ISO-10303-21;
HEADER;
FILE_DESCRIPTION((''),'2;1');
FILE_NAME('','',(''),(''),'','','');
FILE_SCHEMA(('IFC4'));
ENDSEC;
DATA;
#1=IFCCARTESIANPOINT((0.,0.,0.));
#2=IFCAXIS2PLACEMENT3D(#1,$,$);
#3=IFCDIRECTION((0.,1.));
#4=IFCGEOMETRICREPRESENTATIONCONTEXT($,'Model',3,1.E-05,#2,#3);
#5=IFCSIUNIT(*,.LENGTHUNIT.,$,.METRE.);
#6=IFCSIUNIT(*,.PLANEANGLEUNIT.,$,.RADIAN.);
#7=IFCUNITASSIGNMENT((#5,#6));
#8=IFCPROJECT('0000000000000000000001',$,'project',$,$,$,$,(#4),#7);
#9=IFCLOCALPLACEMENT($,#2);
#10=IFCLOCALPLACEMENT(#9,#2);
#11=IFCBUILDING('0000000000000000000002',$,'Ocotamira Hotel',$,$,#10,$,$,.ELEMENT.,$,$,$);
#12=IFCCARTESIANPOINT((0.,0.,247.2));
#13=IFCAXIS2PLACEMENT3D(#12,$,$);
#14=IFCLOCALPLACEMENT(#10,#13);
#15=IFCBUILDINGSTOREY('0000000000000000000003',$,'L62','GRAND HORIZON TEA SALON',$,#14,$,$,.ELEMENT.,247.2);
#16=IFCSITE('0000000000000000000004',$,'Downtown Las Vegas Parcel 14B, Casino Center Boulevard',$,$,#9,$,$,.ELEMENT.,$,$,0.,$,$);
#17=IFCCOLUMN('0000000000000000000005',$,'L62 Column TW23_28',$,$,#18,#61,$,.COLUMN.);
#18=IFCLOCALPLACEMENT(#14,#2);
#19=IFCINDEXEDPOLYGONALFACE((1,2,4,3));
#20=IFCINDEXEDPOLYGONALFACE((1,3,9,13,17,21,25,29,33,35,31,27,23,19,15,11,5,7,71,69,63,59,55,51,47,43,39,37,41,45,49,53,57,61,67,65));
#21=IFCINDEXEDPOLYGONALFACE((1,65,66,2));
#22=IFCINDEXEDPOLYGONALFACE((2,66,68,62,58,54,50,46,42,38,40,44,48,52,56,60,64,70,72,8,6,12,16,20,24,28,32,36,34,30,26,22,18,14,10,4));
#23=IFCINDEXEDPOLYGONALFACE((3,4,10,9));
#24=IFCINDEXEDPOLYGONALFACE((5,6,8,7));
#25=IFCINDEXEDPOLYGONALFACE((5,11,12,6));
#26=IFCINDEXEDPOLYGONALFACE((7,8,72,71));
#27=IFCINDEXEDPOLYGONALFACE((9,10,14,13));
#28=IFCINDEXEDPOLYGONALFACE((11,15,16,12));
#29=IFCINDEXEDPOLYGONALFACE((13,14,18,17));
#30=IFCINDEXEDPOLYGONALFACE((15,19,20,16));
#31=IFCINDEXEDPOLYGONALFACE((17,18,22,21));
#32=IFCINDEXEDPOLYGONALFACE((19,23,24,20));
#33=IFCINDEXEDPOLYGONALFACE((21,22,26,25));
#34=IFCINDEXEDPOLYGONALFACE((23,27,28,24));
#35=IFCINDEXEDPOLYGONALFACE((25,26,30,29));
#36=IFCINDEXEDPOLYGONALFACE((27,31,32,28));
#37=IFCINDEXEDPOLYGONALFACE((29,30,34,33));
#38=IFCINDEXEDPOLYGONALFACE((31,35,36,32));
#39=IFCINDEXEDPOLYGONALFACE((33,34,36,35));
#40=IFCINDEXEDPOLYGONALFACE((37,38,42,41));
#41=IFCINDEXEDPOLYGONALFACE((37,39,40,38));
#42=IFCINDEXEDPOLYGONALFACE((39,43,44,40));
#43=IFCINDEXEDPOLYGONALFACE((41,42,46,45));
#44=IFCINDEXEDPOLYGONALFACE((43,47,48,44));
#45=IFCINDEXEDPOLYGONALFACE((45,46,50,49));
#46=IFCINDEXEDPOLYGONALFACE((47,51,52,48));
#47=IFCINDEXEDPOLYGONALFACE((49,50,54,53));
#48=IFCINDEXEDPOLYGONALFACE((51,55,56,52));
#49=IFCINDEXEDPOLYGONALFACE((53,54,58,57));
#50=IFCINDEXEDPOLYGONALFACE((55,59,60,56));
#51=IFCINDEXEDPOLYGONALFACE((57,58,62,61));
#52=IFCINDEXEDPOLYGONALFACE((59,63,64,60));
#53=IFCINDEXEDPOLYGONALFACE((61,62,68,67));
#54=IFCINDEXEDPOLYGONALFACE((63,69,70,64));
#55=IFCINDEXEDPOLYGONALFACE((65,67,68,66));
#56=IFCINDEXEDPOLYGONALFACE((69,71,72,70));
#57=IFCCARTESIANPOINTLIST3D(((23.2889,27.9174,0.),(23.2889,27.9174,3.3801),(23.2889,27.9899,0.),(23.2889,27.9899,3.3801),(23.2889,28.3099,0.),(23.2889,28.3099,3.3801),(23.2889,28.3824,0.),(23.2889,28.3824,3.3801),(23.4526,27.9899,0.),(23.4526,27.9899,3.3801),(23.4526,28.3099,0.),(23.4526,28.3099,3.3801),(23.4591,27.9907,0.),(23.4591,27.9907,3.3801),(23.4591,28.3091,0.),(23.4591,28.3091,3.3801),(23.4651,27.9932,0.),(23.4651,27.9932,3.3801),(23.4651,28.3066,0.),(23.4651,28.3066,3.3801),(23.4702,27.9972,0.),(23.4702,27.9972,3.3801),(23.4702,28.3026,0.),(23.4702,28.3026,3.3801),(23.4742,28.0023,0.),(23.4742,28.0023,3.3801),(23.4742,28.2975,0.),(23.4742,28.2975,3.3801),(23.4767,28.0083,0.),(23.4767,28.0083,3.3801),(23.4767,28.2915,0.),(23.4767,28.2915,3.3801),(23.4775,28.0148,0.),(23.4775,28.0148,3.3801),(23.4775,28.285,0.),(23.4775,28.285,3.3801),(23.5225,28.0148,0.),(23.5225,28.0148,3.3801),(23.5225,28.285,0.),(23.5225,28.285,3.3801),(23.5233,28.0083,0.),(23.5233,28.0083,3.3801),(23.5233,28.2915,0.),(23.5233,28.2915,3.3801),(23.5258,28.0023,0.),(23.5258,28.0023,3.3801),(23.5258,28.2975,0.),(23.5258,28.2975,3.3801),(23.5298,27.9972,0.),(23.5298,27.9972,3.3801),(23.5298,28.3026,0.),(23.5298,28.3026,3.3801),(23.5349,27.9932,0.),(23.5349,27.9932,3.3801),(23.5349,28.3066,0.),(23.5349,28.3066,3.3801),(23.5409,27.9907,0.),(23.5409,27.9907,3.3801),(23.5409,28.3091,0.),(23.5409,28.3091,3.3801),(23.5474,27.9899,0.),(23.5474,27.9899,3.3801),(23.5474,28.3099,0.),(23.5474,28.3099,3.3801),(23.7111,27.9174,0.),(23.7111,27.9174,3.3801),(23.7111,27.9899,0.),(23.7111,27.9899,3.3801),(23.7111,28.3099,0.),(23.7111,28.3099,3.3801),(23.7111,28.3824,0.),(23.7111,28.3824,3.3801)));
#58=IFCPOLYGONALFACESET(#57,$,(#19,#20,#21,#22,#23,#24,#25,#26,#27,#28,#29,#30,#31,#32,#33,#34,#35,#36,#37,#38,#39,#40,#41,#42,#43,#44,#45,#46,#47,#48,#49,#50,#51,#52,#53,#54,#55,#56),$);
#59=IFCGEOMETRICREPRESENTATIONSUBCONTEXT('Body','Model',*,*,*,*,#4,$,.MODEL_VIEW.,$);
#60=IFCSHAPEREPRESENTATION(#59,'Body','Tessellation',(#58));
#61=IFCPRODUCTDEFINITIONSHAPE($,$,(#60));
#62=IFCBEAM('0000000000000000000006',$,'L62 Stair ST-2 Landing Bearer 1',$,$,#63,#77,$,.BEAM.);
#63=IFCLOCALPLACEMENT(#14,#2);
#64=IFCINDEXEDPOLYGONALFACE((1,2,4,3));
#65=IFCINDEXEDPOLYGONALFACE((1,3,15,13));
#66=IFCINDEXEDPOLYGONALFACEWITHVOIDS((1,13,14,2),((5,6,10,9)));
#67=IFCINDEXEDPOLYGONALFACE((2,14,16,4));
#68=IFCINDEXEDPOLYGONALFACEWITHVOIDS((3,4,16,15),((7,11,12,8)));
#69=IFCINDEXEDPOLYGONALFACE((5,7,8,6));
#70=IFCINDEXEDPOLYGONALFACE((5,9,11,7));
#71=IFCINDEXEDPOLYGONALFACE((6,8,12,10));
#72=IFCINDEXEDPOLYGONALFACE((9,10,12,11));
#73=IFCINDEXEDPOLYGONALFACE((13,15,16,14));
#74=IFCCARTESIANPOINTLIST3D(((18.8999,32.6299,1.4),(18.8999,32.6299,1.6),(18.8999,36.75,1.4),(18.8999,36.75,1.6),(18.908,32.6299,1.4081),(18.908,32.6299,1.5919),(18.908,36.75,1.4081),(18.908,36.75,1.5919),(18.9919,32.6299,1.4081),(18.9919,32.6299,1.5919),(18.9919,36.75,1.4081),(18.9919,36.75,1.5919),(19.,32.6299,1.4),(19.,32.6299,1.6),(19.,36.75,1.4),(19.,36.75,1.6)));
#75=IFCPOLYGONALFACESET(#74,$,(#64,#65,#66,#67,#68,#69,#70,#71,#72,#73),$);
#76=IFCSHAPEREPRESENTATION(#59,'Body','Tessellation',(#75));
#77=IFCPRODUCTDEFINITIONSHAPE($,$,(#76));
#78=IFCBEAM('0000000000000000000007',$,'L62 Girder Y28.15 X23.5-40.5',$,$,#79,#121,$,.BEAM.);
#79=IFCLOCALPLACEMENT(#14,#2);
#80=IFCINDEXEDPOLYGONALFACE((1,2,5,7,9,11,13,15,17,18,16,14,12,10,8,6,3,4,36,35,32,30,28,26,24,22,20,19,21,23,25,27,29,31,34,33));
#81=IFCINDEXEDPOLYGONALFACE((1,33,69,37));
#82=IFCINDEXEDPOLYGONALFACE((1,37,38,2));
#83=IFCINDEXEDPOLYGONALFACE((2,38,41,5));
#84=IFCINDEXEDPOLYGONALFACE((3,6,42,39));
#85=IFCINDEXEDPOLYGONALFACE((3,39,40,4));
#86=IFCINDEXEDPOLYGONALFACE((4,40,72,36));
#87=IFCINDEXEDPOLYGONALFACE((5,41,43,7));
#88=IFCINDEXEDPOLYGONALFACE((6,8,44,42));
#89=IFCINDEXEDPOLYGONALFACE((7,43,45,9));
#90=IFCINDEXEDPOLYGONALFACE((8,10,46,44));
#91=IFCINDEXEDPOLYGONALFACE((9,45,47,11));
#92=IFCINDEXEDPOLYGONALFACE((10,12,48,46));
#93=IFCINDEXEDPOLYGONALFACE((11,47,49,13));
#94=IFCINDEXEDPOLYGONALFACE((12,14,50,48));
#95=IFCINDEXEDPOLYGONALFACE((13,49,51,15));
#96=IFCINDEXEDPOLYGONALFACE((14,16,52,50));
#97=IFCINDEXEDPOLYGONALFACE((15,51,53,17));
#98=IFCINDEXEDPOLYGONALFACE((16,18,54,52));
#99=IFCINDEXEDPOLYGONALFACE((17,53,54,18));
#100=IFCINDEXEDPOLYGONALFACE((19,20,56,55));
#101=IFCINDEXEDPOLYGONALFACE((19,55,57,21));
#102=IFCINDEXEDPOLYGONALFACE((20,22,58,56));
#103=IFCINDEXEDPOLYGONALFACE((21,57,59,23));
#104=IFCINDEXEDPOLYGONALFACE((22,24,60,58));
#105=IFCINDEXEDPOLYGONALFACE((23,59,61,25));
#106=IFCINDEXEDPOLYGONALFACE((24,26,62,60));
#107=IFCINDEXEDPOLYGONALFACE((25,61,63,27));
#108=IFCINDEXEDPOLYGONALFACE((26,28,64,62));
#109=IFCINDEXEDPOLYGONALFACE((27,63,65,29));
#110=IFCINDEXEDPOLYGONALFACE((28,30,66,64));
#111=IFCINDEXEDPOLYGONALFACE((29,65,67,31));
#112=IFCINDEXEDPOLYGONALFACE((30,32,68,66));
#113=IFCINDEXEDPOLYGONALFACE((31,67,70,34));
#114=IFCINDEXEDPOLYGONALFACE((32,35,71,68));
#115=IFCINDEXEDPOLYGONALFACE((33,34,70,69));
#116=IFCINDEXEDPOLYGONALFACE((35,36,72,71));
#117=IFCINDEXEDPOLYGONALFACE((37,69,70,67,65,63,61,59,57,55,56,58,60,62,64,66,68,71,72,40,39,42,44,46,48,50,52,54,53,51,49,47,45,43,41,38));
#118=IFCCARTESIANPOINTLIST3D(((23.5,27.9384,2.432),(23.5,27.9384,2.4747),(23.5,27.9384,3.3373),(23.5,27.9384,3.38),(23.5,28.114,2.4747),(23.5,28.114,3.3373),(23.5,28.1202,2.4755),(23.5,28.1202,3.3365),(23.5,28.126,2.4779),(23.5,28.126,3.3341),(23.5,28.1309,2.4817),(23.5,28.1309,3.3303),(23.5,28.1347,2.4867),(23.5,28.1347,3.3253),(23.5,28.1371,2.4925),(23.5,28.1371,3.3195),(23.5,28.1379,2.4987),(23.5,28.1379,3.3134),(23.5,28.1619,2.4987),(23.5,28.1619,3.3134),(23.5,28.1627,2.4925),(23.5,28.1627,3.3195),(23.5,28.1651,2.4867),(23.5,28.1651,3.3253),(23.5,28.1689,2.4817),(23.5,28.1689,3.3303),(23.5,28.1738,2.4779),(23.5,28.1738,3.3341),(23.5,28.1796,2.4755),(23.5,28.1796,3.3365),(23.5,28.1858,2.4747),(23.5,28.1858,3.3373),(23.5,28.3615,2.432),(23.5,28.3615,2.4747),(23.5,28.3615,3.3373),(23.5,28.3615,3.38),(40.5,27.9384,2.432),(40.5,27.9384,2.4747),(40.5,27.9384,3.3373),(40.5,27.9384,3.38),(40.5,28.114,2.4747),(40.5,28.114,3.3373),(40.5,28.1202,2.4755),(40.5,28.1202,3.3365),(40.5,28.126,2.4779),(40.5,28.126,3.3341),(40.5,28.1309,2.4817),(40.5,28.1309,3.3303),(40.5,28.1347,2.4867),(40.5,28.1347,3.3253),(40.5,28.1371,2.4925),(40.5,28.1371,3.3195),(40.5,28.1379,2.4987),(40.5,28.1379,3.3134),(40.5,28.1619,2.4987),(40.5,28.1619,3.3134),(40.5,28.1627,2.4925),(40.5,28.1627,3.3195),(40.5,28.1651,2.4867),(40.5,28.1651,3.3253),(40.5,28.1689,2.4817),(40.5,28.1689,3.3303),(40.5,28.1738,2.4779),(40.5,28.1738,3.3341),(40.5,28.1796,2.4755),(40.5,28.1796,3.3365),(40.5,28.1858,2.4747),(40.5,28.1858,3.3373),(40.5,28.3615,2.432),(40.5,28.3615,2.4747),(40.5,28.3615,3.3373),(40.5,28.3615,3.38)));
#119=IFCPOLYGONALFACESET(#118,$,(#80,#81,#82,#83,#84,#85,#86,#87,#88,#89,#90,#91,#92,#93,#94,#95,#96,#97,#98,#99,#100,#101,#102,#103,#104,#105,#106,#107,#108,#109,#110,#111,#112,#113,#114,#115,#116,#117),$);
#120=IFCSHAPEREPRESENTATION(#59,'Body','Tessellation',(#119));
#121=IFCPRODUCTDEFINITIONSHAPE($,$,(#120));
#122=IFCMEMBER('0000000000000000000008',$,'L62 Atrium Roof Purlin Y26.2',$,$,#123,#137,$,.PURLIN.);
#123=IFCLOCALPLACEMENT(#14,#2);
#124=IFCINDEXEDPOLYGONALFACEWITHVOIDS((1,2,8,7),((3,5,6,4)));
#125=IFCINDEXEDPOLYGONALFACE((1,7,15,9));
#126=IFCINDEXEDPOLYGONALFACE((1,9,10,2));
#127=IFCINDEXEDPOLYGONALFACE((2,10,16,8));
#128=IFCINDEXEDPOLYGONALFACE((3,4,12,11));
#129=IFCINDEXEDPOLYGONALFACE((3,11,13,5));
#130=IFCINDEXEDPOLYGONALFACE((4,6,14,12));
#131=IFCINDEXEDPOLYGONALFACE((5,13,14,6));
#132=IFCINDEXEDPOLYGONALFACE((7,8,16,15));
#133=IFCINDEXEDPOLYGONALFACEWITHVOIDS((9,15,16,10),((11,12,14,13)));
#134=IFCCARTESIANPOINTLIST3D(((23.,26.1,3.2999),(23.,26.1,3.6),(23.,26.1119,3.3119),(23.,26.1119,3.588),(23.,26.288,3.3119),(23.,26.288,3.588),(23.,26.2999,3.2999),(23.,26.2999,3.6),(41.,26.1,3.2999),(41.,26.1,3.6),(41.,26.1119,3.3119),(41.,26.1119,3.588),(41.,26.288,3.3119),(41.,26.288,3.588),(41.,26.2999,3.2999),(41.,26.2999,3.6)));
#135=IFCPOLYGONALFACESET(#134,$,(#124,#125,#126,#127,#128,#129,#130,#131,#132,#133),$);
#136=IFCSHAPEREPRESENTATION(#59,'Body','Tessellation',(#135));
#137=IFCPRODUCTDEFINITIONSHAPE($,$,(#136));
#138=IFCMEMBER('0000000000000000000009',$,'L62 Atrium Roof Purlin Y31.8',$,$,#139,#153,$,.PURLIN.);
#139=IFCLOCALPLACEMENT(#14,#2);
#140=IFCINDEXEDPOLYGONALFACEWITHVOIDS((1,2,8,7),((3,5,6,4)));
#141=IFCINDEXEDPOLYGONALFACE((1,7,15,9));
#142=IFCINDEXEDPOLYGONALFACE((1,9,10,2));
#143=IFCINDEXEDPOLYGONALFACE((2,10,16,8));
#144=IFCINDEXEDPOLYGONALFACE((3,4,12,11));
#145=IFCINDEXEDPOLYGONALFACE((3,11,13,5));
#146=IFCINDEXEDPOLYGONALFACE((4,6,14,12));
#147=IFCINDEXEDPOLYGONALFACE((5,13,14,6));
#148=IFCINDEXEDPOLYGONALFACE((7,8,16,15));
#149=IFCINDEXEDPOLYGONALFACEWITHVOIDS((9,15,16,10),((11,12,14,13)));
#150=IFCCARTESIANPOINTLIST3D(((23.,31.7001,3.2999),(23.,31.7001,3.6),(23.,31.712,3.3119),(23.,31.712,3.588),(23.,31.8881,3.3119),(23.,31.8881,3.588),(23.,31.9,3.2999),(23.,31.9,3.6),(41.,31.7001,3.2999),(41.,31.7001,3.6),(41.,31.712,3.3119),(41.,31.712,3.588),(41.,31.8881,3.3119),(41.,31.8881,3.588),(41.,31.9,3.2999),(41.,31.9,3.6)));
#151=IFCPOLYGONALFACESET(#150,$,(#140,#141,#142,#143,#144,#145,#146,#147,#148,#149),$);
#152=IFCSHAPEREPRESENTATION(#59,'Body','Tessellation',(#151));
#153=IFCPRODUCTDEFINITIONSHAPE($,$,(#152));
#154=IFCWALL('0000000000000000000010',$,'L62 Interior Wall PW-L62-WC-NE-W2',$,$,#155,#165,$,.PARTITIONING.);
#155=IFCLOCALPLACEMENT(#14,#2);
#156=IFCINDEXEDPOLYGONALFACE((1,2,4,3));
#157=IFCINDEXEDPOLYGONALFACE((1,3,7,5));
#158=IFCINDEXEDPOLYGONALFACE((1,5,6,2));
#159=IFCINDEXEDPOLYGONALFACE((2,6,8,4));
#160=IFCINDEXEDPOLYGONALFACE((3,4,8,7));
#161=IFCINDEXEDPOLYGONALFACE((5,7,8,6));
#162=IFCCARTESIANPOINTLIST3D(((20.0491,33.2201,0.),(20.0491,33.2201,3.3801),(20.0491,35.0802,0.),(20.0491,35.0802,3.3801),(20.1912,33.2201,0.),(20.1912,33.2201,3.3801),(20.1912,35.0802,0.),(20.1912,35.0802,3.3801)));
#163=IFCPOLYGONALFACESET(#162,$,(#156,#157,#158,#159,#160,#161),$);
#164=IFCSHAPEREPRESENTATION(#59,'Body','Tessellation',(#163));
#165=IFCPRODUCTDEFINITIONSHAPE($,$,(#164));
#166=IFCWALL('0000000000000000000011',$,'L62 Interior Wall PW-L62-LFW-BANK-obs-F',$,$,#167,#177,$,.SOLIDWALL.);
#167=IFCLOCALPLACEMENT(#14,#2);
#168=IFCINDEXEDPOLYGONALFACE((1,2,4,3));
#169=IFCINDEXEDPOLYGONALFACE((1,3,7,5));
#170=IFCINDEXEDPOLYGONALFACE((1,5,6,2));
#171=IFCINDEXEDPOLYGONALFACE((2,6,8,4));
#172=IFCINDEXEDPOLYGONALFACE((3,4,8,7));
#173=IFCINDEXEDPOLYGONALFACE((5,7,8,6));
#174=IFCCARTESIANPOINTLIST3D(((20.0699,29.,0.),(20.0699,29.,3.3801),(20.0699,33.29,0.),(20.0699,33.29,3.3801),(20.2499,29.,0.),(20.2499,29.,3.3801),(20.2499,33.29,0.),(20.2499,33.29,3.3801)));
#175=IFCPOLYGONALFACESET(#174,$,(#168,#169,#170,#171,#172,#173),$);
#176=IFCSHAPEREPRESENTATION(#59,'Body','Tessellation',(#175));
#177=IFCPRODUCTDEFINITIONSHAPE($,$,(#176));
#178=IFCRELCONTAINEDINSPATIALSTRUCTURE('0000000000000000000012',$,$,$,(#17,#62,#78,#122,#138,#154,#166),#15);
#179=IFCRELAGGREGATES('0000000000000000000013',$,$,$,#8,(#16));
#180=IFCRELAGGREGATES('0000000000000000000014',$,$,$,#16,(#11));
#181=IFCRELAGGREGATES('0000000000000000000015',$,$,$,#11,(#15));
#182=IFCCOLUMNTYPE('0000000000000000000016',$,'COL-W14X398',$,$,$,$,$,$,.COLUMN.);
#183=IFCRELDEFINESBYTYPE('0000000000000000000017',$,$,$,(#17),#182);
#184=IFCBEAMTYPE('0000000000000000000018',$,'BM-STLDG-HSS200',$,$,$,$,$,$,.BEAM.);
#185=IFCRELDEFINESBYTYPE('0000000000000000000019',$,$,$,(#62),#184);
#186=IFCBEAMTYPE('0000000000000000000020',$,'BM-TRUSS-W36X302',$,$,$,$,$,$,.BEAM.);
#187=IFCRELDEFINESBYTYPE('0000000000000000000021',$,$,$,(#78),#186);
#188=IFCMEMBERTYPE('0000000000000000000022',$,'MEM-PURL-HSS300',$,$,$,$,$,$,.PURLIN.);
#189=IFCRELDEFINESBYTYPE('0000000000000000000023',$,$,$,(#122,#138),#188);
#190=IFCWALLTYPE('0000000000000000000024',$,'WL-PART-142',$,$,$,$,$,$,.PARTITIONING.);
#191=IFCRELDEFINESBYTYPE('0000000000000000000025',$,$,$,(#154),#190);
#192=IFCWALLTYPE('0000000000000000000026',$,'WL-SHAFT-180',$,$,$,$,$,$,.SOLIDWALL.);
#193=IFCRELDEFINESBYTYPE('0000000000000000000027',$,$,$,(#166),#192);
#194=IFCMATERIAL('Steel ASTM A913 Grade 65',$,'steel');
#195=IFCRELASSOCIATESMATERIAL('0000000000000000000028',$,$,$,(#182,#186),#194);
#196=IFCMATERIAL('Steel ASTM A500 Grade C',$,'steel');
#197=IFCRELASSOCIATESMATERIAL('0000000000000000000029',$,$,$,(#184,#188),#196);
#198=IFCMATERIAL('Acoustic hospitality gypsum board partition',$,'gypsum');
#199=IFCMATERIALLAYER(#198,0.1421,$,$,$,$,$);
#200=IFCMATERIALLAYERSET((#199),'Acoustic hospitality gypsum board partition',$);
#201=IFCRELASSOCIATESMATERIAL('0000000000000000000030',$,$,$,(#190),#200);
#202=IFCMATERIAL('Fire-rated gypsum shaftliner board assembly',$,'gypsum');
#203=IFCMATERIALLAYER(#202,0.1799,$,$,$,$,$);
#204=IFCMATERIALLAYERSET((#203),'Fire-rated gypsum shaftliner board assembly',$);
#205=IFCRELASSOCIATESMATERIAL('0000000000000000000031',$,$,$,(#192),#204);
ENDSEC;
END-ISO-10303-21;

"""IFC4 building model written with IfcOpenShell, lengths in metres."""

from ifc_helpers import new_model, si_unit, direction, frame, frame_2d, origin, origin_2d, place, context, subcontext, project, spatial, rectangle, hollow_rectangle, i_section, extrude, source, transform, mapped, material, layer, layer_set, material_profile, profile_set, type_object, element, save


model = new_model("IFC4")

# Units and contexts
model_context = context("Model", 3, precision=1e-05, world=origin(), true_north=direction((0.0, 1.0)))
body_context = subcontext(model_context, "Body", "Model", "MODEL_VIEW")
ifc_project = project(units=[si_unit("LENGTHUNIT", "METRE"), si_unit("PLANEANGLEUNIT", "RADIAN")], contexts=[model_context])

# Site, building, storey
site_placement = place(None, origin())
site = spatial("IfcSite", under=ifc_project, at=site_placement, Name="Downtown Las Vegas Parcel 14B, Casino Center Boulevard", CompositionType="ELEMENT", RefElevation=0.0)
building_placement = place(site_placement, origin())
building = spatial("IfcBuilding", under=site, at=building_placement, Name="Ocotamira Hotel", CompositionType="ELEMENT")
storey_placement = place(building_placement, frame((0.0, 0.0, 247.2)))
storey = spatial("IfcBuildingStorey", under=building, at=storey_placement, Name="L62", Description="GRAND HORIZON TEA SALON", CompositionType="ELEMENT", Elevation=247.2)

# Column
ifc_material_1 = material(Name="Steel ASTM A913 Grade 65", Category="steel")
ifc_material_profile_1 = material_profile(ifc_material_1, i_section(OverallWidth=0.4221, OverallDepth=0.4651, WebThickness=0.0449, FlangeThickness=0.0725, FilletRadius=0.0249, at=origin_2d()), Name="W14X398")
ifc_profile_set_1 = profile_set([ifc_material_profile_1], Name="Steel ASTM A913 Grade 65")
column_type = type_object("IfcColumnType", Name="COL-W14X398", PredefinedType="COLUMN", material=ifc_profile_set_1)
shared_shape_1 = source(origin(), body_context, "Body", "SweptSolid", [
    extrude(i_section(OverallWidth=0.4221, OverallDepth=0.4651, WebThickness=0.0449, FlangeThickness=0.0725, FilletRadius=0.0249, at=origin_2d()), origin(), (0.0, 0.0, 1.0), 3.3801),
])
column_placement = place(storey_placement, frame((23.5, 28.1499, 0.0), z_axis=(0.0, 0.0, 1.0), x_axis=(1.0, 0.0, 0.0)))
element("IfcColumn", 1, at=column_placement, inside=storey, type_object=column_type, Name="L62 Column TW23_28", PredefinedType="COLUMN", context=body_context, shape_type="MappedRepresentation", body=[
    mapped(shared_shape_1, transform((0.0, 0.0, 0.0), scale=1.0)),
])

# Beams
ifc_material_2 = material(Name="Steel ASTM A500 Grade C", Category="steel")
ifc_material_profile_2 = material_profile(ifc_material_2, hollow_rectangle(XDim=0.1001, YDim=0.2, WallThickness=0.0081, at=origin_2d()), Name="HSS200X100X8")
ifc_profile_set_2 = profile_set([ifc_material_profile_2], Name="Steel ASTM A500 Grade C")
beam_type_1 = type_object("IfcBeamType", Name="BM-STLDG-HSS200", PredefinedType="BEAM", material=ifc_profile_set_2)
shared_shape_2 = source(origin(), body_context, "Body", "SweptSolid", [
    extrude(hollow_rectangle(XDim=0.1001, YDim=0.2, WallThickness=0.0081, at=origin_2d()), origin(), (0.0, 0.0, 1.0), 4.1201),
])
beam_1_placement = place(storey_placement, frame((18.95, 32.6299, 1.5), z_axis=(0.0, 1.0, 0.0), x_axis=(-1.0, 0.0, 0.0)))
element("IfcBeam", 2, at=beam_1_placement, inside=storey, type_object=beam_type_1, Name="L62 Stair ST-2 Landing Bearer 1", PredefinedType="BEAM", context=body_context, shape_type="MappedRepresentation", body=[
    mapped(shared_shape_2, transform((0.0, 0.0, 0.0), scale=1.0)),
])
ifc_material_profile_3 = material_profile(ifc_material_1, i_section(OverallWidth=0.4231, OverallDepth=0.948, WebThickness=0.0239, FlangeThickness=0.0427, FilletRadius=0.0239, at=origin_2d()), Name="W36X302")
ifc_profile_set_3 = profile_set([ifc_material_profile_3], Name="Steel ASTM A913 Grade 65")
beam_type_2 = type_object("IfcBeamType", Name="BM-TRUSS-W36X302", PredefinedType="BEAM", material=ifc_profile_set_3)
shared_shape_3 = source(origin(), body_context, "Body", "SweptSolid", [
    extrude(i_section(OverallWidth=0.4231, OverallDepth=0.948, WebThickness=0.0239, FlangeThickness=0.0427, FilletRadius=0.0239, at=origin_2d()), origin(), (0.0, 0.0, 1.0), 17.0),
])
beam_2_placement = place(storey_placement, frame((23.5, 28.1499, 2.906), z_axis=(1.0, 0.0, 0.0), x_axis=(0.0, 1.0, 0.0)))
element("IfcBeam", 3, at=beam_2_placement, inside=storey, type_object=beam_type_2, Name="L62 Girder Y28.15 X23.5-40.5", PredefinedType="BEAM", context=body_context, shape_type="MappedRepresentation", body=[
    mapped(shared_shape_3, transform((0.0, 0.0, 0.0), scale=1.0)),
])

# Members
ifc_material_profile_4 = material_profile(ifc_material_2, hollow_rectangle(XDim=0.2, YDim=0.3, WallThickness=0.012, at=origin_2d()), Name="HSS300X200X12")
ifc_profile_set_4 = profile_set([ifc_material_profile_4], Name="Steel ASTM A500 Grade C")
member_type = type_object("IfcMemberType", Name="MEM-PURL-HSS300", PredefinedType="PURLIN", material=ifc_profile_set_4)
shared_shape_4 = source(origin(), body_context, "Body", "SweptSolid", [
    extrude(hollow_rectangle(XDim=0.2, YDim=0.3, WallThickness=0.012, at=origin_2d()), origin(), (0.0, 0.0, 1.0), 18.0),
])
for number, where, z_axis, x_axis, name in (
    (4, (23.0, 26.2, 3.45), (1.0, 0.0, 0.0), (0.0, 1.0, 0.0), "L62 Atrium Roof Purlin Y26.2"),
    (5, (23.0, 31.8, 3.45), (1.0, 0.0, 0.0), (0.0, 1.0, 0.0), "L62 Atrium Roof Purlin Y31.8"),
):
    element("IfcMember", number, at=place(storey_placement, frame(where, z_axis=z_axis, x_axis=x_axis)), inside=storey, type_object=member_type, Name=name, PredefinedType="PURLIN", context=body_context, shape_type="MappedRepresentation", body=[
        mapped(shared_shape_4, transform((0.0, 0.0, 0.0), scale=1.0)),
    ])

# Walls
ifc_material_3 = material(Name="Acoustic hospitality gypsum board partition", Category="gypsum")
ifc_layer_1 = layer(ifc_material_3, 0.1421)
ifc_layer_set_1 = layer_set([ifc_layer_1], Name="Acoustic hospitality gypsum board partition")
wall_type_1 = type_object("IfcWallType", Name="WL-PART-142", PredefinedType="PARTITIONING", material=ifc_layer_set_1)
wall_1_placement = place(storey_placement, frame((20.1201, 33.22, 0.0), z_axis=(0.0, 0.0, 1.0), x_axis=(0.0, 1.0, 0.0)))
element("IfcWall", 6, at=wall_1_placement, inside=storey, type_object=wall_type_1, Name="L62 Interior Wall PW-L62-WC-NE-W2", PredefinedType="PARTITIONING", context=body_context, shape_type="SweptSolid", body=[
    extrude(rectangle(XDim=1.8601, YDim=0.1421, at=frame_2d((0.9302, 0.0))), origin(), (0.0, 0.0, 1.0), 3.3801),
])
ifc_material_4 = material(Name="Fire-rated gypsum shaftliner board assembly", Category="gypsum")
ifc_layer_2 = layer(ifc_material_4, 0.1799)
ifc_layer_set_2 = layer_set([ifc_layer_2], Name="Fire-rated gypsum shaftliner board assembly")
wall_type_2 = type_object("IfcWallType", Name="WL-SHAFT-180", PredefinedType="SOLIDWALL", material=ifc_layer_set_2)
wall_2_placement = place(storey_placement, frame((20.1599, 29.0, 0.0), z_axis=(0.0, 0.0, 1.0), x_axis=(0.0, 1.0, 0.0)))
element("IfcWall", 7, at=wall_2_placement, inside=storey, type_object=wall_type_2, Name="L62 Interior Wall PW-L62-LFW-BANK-obs-F", PredefinedType="SOLIDWALL", context=body_context, shape_type="SweptSolid", body=[
    extrude(rectangle(XDim=4.29, YDim=0.1799, at=frame_2d((2.145, 0.0))), origin(), (0.0, 0.0, 1.0), 3.3801),
])

save(model, "model.ifc")
